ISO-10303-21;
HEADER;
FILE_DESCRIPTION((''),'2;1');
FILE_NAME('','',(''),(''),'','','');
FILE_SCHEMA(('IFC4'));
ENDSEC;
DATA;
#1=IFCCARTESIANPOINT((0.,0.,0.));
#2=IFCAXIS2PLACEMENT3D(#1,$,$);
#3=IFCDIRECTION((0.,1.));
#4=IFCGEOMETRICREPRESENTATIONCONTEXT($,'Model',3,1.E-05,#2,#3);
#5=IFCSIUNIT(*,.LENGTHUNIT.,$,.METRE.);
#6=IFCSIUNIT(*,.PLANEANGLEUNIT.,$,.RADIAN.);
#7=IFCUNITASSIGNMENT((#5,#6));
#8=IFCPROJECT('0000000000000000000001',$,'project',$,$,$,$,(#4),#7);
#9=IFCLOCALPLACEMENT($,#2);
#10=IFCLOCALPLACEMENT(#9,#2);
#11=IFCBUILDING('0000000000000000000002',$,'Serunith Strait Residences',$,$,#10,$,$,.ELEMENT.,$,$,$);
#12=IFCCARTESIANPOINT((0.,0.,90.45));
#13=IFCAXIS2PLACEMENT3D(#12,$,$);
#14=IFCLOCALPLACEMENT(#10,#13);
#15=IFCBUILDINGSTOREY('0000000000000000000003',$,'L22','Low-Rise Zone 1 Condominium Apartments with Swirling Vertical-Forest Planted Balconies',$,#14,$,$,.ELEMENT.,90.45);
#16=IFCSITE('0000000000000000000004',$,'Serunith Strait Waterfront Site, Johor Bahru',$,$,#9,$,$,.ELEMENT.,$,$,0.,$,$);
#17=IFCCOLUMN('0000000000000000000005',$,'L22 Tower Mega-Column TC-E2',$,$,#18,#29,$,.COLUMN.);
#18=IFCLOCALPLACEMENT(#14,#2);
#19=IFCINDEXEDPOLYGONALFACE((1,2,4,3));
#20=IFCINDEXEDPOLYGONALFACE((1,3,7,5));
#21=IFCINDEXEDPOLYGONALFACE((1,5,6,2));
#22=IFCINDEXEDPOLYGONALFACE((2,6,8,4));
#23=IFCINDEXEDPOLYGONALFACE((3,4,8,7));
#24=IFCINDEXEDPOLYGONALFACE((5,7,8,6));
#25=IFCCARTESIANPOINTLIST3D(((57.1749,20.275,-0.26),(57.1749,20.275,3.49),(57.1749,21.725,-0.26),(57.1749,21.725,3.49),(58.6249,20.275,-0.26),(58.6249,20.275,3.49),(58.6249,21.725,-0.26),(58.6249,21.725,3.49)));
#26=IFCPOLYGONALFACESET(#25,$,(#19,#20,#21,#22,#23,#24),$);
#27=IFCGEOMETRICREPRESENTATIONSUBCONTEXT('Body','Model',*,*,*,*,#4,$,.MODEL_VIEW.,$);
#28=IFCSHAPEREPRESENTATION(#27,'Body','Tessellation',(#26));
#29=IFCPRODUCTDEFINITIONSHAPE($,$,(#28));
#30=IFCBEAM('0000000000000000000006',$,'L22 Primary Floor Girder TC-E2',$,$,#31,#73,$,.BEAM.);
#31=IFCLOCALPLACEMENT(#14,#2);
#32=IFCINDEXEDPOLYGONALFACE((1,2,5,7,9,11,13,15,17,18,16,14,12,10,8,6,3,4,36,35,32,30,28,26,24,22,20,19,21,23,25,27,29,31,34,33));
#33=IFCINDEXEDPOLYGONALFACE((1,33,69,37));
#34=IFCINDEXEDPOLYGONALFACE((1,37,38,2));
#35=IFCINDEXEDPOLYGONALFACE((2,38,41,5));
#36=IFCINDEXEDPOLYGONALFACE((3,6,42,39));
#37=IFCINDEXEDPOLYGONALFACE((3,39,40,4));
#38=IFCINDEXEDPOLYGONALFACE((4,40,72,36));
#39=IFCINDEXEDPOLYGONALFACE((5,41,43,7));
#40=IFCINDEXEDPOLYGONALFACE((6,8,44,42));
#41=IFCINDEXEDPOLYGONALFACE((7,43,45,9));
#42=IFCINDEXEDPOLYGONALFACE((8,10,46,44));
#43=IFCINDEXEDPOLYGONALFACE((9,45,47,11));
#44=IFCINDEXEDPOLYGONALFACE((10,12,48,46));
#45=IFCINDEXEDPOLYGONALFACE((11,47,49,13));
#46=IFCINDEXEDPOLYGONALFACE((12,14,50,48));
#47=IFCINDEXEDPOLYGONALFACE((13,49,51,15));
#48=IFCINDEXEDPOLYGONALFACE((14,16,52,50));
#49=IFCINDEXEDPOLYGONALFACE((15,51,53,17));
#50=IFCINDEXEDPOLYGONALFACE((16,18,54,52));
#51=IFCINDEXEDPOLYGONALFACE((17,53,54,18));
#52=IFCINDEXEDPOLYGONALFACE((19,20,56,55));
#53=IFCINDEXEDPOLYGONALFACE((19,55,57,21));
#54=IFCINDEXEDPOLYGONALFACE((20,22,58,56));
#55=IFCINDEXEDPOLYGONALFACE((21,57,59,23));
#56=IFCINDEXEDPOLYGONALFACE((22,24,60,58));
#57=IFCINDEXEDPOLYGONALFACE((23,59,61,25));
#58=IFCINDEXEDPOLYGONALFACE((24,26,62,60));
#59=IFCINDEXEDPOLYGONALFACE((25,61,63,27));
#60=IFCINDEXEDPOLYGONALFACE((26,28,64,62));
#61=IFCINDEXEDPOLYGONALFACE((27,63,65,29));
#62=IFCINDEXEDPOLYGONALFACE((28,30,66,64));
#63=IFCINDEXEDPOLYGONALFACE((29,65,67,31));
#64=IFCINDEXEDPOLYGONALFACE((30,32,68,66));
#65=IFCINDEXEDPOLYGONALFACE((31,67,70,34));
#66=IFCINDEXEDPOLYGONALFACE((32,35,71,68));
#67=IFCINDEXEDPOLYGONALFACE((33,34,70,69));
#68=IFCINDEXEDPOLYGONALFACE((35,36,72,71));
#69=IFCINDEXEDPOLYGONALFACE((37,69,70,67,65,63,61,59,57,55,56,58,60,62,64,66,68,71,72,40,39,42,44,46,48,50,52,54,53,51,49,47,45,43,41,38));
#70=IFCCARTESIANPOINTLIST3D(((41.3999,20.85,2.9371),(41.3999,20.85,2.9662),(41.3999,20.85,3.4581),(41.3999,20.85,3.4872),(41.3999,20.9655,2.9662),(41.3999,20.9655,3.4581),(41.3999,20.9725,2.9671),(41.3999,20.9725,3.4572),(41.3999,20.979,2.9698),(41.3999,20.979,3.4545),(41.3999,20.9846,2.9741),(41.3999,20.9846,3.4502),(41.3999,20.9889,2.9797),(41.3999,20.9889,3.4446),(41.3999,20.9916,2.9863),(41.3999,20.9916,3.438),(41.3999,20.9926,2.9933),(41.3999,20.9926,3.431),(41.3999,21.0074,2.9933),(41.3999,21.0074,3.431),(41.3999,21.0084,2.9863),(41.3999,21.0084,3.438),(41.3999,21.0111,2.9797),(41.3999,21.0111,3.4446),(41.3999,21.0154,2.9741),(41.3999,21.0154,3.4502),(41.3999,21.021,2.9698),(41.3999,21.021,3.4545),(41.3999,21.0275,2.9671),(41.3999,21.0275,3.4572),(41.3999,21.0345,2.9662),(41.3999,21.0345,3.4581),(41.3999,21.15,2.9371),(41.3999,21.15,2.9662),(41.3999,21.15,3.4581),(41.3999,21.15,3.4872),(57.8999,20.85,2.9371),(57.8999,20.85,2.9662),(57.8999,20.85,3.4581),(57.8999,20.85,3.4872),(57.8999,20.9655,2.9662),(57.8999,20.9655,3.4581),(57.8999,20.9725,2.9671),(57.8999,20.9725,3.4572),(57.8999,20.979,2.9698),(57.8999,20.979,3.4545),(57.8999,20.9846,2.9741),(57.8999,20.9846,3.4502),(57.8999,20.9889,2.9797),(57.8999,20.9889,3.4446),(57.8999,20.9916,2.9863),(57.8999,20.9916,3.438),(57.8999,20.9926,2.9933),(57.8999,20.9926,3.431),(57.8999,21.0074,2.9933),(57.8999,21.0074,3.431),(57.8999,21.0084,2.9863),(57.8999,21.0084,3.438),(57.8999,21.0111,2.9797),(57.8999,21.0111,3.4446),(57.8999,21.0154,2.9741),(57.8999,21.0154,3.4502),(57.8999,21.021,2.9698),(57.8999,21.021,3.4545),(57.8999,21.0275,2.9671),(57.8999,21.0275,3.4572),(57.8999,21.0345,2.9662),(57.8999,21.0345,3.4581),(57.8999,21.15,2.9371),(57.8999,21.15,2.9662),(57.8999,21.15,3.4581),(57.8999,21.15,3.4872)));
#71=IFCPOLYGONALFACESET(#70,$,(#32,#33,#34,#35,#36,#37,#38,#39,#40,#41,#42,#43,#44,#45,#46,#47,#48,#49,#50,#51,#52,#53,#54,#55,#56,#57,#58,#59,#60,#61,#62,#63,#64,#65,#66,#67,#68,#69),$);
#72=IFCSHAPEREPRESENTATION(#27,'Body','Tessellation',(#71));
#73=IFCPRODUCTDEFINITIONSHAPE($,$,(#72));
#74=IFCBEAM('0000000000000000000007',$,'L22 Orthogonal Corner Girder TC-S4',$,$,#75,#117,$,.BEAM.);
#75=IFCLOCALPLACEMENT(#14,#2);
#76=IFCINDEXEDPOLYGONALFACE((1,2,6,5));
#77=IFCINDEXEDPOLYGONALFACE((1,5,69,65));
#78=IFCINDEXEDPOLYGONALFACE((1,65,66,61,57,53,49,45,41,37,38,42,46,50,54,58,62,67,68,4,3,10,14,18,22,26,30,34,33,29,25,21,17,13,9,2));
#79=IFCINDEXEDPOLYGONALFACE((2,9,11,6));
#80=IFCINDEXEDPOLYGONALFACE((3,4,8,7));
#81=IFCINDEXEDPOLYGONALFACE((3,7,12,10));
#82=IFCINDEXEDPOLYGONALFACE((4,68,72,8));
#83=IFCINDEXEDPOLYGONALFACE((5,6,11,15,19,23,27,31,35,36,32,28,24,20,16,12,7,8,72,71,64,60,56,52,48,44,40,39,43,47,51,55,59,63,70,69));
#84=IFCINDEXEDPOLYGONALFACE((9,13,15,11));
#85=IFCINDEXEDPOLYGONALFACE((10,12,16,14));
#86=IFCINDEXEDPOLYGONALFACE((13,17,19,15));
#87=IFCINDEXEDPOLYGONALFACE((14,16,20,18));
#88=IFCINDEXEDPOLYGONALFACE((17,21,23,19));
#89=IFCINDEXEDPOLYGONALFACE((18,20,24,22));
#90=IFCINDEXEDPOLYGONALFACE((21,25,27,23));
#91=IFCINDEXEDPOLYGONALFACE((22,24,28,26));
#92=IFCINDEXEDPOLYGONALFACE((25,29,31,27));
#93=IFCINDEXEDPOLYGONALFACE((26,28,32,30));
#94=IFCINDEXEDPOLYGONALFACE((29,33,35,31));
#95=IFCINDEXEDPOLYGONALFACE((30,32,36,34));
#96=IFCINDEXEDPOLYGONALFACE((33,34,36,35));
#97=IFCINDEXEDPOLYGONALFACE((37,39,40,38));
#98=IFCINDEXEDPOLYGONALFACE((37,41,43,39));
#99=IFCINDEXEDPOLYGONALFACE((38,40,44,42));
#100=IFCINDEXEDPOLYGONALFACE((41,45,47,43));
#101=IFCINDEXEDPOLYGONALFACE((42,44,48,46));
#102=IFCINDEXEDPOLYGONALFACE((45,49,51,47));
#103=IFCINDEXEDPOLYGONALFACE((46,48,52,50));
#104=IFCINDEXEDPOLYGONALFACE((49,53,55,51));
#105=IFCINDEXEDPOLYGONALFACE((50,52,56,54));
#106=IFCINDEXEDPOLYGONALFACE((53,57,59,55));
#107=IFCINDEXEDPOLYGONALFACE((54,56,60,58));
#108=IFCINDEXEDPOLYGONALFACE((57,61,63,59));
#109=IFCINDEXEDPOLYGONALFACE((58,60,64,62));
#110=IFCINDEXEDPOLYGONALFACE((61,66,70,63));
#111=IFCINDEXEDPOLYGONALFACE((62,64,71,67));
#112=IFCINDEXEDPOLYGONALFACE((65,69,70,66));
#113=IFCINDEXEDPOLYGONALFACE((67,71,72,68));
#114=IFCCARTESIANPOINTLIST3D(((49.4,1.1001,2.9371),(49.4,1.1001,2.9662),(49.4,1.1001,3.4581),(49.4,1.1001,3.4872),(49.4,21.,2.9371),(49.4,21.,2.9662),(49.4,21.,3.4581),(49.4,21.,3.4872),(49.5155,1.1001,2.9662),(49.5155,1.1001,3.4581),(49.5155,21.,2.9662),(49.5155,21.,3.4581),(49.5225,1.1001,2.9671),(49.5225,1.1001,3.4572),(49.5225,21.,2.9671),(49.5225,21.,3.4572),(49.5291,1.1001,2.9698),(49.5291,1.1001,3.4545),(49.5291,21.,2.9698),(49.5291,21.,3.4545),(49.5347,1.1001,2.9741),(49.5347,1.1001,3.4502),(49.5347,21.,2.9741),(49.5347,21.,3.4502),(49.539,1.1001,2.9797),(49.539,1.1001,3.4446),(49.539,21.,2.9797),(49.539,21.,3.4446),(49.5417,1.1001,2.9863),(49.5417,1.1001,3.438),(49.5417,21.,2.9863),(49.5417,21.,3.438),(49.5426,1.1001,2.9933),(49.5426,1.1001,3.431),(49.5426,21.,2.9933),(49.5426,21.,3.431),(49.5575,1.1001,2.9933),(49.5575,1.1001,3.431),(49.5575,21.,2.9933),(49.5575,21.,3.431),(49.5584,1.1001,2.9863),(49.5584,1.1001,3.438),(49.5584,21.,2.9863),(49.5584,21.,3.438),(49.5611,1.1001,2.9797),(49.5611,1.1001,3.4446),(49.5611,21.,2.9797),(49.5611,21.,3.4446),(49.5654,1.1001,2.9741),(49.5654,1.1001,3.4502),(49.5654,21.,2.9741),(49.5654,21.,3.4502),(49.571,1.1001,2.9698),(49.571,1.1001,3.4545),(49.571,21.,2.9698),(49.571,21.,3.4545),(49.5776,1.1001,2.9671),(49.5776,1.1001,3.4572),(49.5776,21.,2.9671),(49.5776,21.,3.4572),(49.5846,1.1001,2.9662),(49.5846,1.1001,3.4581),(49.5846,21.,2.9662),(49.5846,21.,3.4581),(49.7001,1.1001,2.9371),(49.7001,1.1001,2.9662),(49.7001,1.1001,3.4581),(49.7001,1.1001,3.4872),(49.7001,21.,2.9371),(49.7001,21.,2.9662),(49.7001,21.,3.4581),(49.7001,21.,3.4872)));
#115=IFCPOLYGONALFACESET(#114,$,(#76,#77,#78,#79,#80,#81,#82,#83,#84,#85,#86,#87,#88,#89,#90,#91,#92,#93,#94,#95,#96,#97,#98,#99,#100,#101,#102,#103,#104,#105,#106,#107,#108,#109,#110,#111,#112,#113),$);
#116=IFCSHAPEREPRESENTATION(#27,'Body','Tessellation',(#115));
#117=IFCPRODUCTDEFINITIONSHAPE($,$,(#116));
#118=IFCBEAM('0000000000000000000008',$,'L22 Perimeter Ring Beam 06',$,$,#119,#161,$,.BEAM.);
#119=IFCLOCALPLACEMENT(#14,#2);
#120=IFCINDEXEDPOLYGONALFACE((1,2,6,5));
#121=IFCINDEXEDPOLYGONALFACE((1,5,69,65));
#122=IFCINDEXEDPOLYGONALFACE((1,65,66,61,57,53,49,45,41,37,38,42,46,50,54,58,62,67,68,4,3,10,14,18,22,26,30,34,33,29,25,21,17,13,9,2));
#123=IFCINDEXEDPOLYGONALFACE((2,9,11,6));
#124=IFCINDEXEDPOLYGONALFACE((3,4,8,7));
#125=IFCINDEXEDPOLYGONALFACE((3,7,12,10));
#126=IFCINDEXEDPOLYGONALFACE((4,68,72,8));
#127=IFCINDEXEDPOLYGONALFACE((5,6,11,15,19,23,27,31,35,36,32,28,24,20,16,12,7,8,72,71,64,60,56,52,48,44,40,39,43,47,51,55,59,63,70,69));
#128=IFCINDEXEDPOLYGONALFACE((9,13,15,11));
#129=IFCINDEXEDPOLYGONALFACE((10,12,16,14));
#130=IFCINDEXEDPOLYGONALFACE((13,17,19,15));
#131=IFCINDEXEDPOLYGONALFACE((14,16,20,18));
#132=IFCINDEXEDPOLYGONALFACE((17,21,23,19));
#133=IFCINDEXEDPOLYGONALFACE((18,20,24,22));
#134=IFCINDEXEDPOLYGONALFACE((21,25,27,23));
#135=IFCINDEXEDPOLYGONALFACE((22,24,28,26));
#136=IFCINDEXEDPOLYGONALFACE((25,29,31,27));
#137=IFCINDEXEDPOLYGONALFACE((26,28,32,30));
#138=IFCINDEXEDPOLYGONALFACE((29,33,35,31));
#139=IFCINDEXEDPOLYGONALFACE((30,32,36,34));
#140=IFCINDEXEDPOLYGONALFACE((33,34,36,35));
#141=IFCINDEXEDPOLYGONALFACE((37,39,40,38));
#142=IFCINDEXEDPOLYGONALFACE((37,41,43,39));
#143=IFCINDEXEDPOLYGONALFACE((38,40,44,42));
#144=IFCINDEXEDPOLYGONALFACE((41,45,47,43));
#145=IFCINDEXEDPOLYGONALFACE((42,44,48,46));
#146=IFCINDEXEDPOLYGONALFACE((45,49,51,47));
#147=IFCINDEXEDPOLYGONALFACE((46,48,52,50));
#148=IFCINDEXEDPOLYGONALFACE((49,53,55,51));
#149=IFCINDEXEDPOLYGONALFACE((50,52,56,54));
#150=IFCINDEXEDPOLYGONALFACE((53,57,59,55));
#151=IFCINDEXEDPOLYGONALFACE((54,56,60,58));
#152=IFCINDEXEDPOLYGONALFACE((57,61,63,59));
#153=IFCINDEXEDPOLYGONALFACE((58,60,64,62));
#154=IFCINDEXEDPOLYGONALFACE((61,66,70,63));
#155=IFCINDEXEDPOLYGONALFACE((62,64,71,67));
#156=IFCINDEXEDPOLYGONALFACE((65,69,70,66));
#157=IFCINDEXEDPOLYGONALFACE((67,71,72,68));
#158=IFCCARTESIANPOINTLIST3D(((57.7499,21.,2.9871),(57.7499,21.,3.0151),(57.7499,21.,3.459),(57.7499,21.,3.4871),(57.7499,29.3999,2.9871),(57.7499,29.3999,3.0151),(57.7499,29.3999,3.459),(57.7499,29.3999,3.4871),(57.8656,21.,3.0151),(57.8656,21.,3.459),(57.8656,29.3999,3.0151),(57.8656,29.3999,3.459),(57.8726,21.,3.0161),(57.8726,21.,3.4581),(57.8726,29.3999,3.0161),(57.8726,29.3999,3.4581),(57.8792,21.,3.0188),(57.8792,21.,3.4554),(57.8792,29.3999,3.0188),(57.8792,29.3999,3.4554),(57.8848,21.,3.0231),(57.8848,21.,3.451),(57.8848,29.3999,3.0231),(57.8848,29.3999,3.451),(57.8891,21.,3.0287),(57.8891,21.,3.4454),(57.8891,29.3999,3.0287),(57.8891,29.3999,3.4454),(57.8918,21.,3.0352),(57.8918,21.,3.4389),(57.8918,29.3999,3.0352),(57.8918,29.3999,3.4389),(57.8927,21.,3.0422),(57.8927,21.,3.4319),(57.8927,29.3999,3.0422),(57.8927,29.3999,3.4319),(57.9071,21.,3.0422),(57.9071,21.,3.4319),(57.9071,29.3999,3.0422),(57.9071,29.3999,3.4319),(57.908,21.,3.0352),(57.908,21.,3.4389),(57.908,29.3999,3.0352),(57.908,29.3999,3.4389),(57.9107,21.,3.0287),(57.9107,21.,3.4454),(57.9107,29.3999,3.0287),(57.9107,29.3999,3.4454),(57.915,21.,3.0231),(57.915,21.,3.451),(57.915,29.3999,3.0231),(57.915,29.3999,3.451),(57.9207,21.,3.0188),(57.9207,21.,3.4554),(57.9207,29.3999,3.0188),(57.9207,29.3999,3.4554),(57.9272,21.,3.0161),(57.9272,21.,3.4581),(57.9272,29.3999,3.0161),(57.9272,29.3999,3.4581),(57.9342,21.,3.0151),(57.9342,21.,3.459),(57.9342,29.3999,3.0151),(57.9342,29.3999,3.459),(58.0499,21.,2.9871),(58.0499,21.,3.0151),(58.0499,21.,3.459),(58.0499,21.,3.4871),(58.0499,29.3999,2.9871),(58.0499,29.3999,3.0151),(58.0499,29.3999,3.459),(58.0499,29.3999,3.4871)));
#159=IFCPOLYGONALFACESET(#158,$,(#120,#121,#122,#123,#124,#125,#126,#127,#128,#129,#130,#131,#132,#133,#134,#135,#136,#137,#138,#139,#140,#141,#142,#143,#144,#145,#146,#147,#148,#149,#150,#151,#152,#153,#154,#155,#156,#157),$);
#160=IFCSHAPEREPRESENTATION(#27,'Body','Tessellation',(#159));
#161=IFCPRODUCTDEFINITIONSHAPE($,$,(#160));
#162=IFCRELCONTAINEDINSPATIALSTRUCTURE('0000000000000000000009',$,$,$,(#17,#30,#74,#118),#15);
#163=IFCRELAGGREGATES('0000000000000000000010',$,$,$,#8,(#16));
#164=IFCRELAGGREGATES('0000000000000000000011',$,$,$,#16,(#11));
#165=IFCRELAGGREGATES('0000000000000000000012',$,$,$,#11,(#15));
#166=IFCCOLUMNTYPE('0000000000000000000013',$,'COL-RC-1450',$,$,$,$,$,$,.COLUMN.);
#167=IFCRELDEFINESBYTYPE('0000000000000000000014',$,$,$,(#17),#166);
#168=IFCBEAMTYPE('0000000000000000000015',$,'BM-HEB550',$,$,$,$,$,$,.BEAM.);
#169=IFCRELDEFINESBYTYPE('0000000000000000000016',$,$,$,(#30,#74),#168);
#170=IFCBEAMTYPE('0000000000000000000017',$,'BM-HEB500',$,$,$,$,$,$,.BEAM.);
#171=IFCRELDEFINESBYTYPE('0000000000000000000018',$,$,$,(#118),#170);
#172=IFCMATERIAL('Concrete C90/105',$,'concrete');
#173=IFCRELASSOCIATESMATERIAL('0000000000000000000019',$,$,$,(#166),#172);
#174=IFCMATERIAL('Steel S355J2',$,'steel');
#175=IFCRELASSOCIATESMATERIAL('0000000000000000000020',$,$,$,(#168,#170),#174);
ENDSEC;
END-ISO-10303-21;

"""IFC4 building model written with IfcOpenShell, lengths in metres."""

from ifc_helpers import new_model, si_unit, direction, frame, origin, origin_2d, place, context, subcontext, project, spatial, rectangle, i_section, extrude, source, transform, mapped, material, material_profile, profile_set, type_object, element, save


model = new_model("IFC4")

# Units and contexts
model_context = context("Model", 3, precision=1e-05, world=origin(), true_north=direction((0.0, 1.0)))
body_context = subcontext(model_context, "Body", "Model", "MODEL_VIEW")
ifc_project = project(units=[si_unit("LENGTHUNIT", "METRE"), si_unit("PLANEANGLEUNIT", "RADIAN")], contexts=[model_context])

# Site, building, storey
site_placement = place(None, origin())
site = spatial("IfcSite", under=ifc_project, at=site_placement, Name="Serunith Strait Waterfront Site, Johor Bahru", CompositionType="ELEMENT", RefElevation=0.0)
building_placement = place(site_placement, origin())
building = spatial("IfcBuilding", under=site, at=building_placement, Name="Serunith Strait Residences", CompositionType="ELEMENT")
storey_placement = place(building_placement, frame((0.0, 0.0, 90.45)))
storey = spatial("IfcBuildingStorey", under=building, at=storey_placement, Name="L22", Description="Low-Rise Zone 1 Condominium Apartments with Swirling Vertical-Forest Planted Balconies", CompositionType="ELEMENT", Elevation=90.45)

# Column
ifc_material_1 = material(Name="Concrete C90/105", Category="concrete")
ifc_material_profile_1 = material_profile(ifc_material_1, rectangle(XDim=1.45, YDim=1.45, at=origin_2d()), Name="RC 1450x1450")
ifc_profile_set_1 = profile_set([ifc_material_profile_1], Name="Concrete C90/105")
column_type = type_object("IfcColumnType", Name="COL-RC-1450", PredefinedType="COLUMN", material=ifc_profile_set_1)
shared_shape_1 = source(origin(), body_context, "Body", "SweptSolid", [
    extrude(rectangle(XDim=1.45, YDim=1.45, at=origin_2d()), origin(), (0.0, 0.0, 1.0), 3.75),
])
column_placement = place(storey_placement, frame((57.8999, 21.0, -0.26), z_axis=(0.0, 0.0, 1.0), x_axis=(1.0, 0.0, 0.0)))
element("IfcColumn", 1, at=column_placement, inside=storey, type_object=column_type, Name="L22 Tower Mega-Column TC-E2", PredefinedType="COLUMN", context=body_context, shape_type="MappedRepresentation", body=[
    mapped(shared_shape_1, transform((0.0, 0.0, 0.0), scale=1.0)),
])

# Beams
ifc_material_2 = material(Name="Steel S355J2", Category="steel")
ifc_material_profile_2 = material_profile(ifc_material_2, i_section(OverallWidth=0.3, OverallDepth=0.55, WebThickness=0.0149, FlangeThickness=0.0291, FilletRadius=0.0271, at=origin_2d()), Name="HEB 550")
ifc_profile_set_2 = profile_set([ifc_material_profile_2], Name="Steel S355J2")
beam_type_1 = type_object("IfcBeamType", Name="BM-HEB550", PredefinedType="BEAM", material=ifc_profile_set_2)
shared_shape_2 = source(origin(), body_context, "Body", "SweptSolid", [
    extrude(i_section(OverallWidth=0.3, OverallDepth=0.55, WebThickness=0.0149, FlangeThickness=0.0291, FilletRadius=0.0271, at=origin_2d()), origin(), (0.0, 0.0, 1.0), 16.5),
])
beam_1_placement = place(storey_placement, frame((41.3999, 21.0, 3.2122), z_axis=(1.0, 0.0, 0.0), x_axis=(0.0, 1.0, 0.0)))
element("IfcBeam", 2, at=beam_1_placement, inside=storey, type_object=beam_type_1, Name="L22 Primary Floor Girder TC-E2", PredefinedType="BEAM", context=body_context, shape_type="MappedRepresentation", body=[
    mapped(shared_shape_2, transform((0.0, 0.0, 0.0), scale=1.0)),
])
shared_shape_3 = source(origin(), body_context, "Body", "SweptSolid", [
    extrude(i_section(OverallWidth=0.3, OverallDepth=0.55, WebThickness=0.0149, FlangeThickness=0.0291, FilletRadius=0.0271, at=origin_2d()), origin(), (0.0, 0.0, 1.0), 19.8999),
])
beam_2_placement = place(storey_placement, frame((49.55, 21.0, 3.2122), z_axis=(0.0, -1.0, 0.0), x_axis=(1.0, 0.0, 0.0)))
element("IfcBeam", 3, at=beam_2_placement, inside=storey, type_object=beam_type_1, Name="L22 Orthogonal Corner Girder TC-S4", PredefinedType="BEAM", context=body_context, shape_type="MappedRepresentation", body=[
    mapped(shared_shape_3, transform((0.0, 0.0, 0.0), scale=1.0)),
])
ifc_material_profile_3 = material_profile(ifc_material_2, i_section(OverallWidth=0.3, OverallDepth=0.5, WebThickness=0.0144, FlangeThickness=0.0281, FilletRadius=0.0271, at=origin_2d()), Name="HEB 500")
ifc_profile_set_3 = profile_set([ifc_material_profile_3], Name="Steel S355J2")
beam_type_2 = type_object("IfcBeamType", Name="BM-HEB500", PredefinedType="BEAM", material=ifc_profile_set_3)
shared_shape_4 = source(origin(), body_context, "Body", "SweptSolid", [
    extrude(i_section(OverallWidth=0.3, OverallDepth=0.5, WebThickness=0.0144, FlangeThickness=0.0281, FilletRadius=0.0271, at=origin_2d()), origin(), (0.0, 0.0, 1.0), 8.3999),
])
beam_3_placement = place(storey_placement, frame((57.8999, 21.0, 3.2371), z_axis=(0.0, 1.0, 0.0), x_axis=(-1.0, 0.0, 0.0)))
element("IfcBeam", 4, at=beam_3_placement, inside=storey, type_object=beam_type_2, Name="L22 Perimeter Ring Beam 06", PredefinedType="BEAM", context=body_context, shape_type="MappedRepresentation", body=[
    mapped(shared_shape_4, transform((0.0, 0.0, 0.0), scale=1.0)),
])

save(model, "model.ifc")
